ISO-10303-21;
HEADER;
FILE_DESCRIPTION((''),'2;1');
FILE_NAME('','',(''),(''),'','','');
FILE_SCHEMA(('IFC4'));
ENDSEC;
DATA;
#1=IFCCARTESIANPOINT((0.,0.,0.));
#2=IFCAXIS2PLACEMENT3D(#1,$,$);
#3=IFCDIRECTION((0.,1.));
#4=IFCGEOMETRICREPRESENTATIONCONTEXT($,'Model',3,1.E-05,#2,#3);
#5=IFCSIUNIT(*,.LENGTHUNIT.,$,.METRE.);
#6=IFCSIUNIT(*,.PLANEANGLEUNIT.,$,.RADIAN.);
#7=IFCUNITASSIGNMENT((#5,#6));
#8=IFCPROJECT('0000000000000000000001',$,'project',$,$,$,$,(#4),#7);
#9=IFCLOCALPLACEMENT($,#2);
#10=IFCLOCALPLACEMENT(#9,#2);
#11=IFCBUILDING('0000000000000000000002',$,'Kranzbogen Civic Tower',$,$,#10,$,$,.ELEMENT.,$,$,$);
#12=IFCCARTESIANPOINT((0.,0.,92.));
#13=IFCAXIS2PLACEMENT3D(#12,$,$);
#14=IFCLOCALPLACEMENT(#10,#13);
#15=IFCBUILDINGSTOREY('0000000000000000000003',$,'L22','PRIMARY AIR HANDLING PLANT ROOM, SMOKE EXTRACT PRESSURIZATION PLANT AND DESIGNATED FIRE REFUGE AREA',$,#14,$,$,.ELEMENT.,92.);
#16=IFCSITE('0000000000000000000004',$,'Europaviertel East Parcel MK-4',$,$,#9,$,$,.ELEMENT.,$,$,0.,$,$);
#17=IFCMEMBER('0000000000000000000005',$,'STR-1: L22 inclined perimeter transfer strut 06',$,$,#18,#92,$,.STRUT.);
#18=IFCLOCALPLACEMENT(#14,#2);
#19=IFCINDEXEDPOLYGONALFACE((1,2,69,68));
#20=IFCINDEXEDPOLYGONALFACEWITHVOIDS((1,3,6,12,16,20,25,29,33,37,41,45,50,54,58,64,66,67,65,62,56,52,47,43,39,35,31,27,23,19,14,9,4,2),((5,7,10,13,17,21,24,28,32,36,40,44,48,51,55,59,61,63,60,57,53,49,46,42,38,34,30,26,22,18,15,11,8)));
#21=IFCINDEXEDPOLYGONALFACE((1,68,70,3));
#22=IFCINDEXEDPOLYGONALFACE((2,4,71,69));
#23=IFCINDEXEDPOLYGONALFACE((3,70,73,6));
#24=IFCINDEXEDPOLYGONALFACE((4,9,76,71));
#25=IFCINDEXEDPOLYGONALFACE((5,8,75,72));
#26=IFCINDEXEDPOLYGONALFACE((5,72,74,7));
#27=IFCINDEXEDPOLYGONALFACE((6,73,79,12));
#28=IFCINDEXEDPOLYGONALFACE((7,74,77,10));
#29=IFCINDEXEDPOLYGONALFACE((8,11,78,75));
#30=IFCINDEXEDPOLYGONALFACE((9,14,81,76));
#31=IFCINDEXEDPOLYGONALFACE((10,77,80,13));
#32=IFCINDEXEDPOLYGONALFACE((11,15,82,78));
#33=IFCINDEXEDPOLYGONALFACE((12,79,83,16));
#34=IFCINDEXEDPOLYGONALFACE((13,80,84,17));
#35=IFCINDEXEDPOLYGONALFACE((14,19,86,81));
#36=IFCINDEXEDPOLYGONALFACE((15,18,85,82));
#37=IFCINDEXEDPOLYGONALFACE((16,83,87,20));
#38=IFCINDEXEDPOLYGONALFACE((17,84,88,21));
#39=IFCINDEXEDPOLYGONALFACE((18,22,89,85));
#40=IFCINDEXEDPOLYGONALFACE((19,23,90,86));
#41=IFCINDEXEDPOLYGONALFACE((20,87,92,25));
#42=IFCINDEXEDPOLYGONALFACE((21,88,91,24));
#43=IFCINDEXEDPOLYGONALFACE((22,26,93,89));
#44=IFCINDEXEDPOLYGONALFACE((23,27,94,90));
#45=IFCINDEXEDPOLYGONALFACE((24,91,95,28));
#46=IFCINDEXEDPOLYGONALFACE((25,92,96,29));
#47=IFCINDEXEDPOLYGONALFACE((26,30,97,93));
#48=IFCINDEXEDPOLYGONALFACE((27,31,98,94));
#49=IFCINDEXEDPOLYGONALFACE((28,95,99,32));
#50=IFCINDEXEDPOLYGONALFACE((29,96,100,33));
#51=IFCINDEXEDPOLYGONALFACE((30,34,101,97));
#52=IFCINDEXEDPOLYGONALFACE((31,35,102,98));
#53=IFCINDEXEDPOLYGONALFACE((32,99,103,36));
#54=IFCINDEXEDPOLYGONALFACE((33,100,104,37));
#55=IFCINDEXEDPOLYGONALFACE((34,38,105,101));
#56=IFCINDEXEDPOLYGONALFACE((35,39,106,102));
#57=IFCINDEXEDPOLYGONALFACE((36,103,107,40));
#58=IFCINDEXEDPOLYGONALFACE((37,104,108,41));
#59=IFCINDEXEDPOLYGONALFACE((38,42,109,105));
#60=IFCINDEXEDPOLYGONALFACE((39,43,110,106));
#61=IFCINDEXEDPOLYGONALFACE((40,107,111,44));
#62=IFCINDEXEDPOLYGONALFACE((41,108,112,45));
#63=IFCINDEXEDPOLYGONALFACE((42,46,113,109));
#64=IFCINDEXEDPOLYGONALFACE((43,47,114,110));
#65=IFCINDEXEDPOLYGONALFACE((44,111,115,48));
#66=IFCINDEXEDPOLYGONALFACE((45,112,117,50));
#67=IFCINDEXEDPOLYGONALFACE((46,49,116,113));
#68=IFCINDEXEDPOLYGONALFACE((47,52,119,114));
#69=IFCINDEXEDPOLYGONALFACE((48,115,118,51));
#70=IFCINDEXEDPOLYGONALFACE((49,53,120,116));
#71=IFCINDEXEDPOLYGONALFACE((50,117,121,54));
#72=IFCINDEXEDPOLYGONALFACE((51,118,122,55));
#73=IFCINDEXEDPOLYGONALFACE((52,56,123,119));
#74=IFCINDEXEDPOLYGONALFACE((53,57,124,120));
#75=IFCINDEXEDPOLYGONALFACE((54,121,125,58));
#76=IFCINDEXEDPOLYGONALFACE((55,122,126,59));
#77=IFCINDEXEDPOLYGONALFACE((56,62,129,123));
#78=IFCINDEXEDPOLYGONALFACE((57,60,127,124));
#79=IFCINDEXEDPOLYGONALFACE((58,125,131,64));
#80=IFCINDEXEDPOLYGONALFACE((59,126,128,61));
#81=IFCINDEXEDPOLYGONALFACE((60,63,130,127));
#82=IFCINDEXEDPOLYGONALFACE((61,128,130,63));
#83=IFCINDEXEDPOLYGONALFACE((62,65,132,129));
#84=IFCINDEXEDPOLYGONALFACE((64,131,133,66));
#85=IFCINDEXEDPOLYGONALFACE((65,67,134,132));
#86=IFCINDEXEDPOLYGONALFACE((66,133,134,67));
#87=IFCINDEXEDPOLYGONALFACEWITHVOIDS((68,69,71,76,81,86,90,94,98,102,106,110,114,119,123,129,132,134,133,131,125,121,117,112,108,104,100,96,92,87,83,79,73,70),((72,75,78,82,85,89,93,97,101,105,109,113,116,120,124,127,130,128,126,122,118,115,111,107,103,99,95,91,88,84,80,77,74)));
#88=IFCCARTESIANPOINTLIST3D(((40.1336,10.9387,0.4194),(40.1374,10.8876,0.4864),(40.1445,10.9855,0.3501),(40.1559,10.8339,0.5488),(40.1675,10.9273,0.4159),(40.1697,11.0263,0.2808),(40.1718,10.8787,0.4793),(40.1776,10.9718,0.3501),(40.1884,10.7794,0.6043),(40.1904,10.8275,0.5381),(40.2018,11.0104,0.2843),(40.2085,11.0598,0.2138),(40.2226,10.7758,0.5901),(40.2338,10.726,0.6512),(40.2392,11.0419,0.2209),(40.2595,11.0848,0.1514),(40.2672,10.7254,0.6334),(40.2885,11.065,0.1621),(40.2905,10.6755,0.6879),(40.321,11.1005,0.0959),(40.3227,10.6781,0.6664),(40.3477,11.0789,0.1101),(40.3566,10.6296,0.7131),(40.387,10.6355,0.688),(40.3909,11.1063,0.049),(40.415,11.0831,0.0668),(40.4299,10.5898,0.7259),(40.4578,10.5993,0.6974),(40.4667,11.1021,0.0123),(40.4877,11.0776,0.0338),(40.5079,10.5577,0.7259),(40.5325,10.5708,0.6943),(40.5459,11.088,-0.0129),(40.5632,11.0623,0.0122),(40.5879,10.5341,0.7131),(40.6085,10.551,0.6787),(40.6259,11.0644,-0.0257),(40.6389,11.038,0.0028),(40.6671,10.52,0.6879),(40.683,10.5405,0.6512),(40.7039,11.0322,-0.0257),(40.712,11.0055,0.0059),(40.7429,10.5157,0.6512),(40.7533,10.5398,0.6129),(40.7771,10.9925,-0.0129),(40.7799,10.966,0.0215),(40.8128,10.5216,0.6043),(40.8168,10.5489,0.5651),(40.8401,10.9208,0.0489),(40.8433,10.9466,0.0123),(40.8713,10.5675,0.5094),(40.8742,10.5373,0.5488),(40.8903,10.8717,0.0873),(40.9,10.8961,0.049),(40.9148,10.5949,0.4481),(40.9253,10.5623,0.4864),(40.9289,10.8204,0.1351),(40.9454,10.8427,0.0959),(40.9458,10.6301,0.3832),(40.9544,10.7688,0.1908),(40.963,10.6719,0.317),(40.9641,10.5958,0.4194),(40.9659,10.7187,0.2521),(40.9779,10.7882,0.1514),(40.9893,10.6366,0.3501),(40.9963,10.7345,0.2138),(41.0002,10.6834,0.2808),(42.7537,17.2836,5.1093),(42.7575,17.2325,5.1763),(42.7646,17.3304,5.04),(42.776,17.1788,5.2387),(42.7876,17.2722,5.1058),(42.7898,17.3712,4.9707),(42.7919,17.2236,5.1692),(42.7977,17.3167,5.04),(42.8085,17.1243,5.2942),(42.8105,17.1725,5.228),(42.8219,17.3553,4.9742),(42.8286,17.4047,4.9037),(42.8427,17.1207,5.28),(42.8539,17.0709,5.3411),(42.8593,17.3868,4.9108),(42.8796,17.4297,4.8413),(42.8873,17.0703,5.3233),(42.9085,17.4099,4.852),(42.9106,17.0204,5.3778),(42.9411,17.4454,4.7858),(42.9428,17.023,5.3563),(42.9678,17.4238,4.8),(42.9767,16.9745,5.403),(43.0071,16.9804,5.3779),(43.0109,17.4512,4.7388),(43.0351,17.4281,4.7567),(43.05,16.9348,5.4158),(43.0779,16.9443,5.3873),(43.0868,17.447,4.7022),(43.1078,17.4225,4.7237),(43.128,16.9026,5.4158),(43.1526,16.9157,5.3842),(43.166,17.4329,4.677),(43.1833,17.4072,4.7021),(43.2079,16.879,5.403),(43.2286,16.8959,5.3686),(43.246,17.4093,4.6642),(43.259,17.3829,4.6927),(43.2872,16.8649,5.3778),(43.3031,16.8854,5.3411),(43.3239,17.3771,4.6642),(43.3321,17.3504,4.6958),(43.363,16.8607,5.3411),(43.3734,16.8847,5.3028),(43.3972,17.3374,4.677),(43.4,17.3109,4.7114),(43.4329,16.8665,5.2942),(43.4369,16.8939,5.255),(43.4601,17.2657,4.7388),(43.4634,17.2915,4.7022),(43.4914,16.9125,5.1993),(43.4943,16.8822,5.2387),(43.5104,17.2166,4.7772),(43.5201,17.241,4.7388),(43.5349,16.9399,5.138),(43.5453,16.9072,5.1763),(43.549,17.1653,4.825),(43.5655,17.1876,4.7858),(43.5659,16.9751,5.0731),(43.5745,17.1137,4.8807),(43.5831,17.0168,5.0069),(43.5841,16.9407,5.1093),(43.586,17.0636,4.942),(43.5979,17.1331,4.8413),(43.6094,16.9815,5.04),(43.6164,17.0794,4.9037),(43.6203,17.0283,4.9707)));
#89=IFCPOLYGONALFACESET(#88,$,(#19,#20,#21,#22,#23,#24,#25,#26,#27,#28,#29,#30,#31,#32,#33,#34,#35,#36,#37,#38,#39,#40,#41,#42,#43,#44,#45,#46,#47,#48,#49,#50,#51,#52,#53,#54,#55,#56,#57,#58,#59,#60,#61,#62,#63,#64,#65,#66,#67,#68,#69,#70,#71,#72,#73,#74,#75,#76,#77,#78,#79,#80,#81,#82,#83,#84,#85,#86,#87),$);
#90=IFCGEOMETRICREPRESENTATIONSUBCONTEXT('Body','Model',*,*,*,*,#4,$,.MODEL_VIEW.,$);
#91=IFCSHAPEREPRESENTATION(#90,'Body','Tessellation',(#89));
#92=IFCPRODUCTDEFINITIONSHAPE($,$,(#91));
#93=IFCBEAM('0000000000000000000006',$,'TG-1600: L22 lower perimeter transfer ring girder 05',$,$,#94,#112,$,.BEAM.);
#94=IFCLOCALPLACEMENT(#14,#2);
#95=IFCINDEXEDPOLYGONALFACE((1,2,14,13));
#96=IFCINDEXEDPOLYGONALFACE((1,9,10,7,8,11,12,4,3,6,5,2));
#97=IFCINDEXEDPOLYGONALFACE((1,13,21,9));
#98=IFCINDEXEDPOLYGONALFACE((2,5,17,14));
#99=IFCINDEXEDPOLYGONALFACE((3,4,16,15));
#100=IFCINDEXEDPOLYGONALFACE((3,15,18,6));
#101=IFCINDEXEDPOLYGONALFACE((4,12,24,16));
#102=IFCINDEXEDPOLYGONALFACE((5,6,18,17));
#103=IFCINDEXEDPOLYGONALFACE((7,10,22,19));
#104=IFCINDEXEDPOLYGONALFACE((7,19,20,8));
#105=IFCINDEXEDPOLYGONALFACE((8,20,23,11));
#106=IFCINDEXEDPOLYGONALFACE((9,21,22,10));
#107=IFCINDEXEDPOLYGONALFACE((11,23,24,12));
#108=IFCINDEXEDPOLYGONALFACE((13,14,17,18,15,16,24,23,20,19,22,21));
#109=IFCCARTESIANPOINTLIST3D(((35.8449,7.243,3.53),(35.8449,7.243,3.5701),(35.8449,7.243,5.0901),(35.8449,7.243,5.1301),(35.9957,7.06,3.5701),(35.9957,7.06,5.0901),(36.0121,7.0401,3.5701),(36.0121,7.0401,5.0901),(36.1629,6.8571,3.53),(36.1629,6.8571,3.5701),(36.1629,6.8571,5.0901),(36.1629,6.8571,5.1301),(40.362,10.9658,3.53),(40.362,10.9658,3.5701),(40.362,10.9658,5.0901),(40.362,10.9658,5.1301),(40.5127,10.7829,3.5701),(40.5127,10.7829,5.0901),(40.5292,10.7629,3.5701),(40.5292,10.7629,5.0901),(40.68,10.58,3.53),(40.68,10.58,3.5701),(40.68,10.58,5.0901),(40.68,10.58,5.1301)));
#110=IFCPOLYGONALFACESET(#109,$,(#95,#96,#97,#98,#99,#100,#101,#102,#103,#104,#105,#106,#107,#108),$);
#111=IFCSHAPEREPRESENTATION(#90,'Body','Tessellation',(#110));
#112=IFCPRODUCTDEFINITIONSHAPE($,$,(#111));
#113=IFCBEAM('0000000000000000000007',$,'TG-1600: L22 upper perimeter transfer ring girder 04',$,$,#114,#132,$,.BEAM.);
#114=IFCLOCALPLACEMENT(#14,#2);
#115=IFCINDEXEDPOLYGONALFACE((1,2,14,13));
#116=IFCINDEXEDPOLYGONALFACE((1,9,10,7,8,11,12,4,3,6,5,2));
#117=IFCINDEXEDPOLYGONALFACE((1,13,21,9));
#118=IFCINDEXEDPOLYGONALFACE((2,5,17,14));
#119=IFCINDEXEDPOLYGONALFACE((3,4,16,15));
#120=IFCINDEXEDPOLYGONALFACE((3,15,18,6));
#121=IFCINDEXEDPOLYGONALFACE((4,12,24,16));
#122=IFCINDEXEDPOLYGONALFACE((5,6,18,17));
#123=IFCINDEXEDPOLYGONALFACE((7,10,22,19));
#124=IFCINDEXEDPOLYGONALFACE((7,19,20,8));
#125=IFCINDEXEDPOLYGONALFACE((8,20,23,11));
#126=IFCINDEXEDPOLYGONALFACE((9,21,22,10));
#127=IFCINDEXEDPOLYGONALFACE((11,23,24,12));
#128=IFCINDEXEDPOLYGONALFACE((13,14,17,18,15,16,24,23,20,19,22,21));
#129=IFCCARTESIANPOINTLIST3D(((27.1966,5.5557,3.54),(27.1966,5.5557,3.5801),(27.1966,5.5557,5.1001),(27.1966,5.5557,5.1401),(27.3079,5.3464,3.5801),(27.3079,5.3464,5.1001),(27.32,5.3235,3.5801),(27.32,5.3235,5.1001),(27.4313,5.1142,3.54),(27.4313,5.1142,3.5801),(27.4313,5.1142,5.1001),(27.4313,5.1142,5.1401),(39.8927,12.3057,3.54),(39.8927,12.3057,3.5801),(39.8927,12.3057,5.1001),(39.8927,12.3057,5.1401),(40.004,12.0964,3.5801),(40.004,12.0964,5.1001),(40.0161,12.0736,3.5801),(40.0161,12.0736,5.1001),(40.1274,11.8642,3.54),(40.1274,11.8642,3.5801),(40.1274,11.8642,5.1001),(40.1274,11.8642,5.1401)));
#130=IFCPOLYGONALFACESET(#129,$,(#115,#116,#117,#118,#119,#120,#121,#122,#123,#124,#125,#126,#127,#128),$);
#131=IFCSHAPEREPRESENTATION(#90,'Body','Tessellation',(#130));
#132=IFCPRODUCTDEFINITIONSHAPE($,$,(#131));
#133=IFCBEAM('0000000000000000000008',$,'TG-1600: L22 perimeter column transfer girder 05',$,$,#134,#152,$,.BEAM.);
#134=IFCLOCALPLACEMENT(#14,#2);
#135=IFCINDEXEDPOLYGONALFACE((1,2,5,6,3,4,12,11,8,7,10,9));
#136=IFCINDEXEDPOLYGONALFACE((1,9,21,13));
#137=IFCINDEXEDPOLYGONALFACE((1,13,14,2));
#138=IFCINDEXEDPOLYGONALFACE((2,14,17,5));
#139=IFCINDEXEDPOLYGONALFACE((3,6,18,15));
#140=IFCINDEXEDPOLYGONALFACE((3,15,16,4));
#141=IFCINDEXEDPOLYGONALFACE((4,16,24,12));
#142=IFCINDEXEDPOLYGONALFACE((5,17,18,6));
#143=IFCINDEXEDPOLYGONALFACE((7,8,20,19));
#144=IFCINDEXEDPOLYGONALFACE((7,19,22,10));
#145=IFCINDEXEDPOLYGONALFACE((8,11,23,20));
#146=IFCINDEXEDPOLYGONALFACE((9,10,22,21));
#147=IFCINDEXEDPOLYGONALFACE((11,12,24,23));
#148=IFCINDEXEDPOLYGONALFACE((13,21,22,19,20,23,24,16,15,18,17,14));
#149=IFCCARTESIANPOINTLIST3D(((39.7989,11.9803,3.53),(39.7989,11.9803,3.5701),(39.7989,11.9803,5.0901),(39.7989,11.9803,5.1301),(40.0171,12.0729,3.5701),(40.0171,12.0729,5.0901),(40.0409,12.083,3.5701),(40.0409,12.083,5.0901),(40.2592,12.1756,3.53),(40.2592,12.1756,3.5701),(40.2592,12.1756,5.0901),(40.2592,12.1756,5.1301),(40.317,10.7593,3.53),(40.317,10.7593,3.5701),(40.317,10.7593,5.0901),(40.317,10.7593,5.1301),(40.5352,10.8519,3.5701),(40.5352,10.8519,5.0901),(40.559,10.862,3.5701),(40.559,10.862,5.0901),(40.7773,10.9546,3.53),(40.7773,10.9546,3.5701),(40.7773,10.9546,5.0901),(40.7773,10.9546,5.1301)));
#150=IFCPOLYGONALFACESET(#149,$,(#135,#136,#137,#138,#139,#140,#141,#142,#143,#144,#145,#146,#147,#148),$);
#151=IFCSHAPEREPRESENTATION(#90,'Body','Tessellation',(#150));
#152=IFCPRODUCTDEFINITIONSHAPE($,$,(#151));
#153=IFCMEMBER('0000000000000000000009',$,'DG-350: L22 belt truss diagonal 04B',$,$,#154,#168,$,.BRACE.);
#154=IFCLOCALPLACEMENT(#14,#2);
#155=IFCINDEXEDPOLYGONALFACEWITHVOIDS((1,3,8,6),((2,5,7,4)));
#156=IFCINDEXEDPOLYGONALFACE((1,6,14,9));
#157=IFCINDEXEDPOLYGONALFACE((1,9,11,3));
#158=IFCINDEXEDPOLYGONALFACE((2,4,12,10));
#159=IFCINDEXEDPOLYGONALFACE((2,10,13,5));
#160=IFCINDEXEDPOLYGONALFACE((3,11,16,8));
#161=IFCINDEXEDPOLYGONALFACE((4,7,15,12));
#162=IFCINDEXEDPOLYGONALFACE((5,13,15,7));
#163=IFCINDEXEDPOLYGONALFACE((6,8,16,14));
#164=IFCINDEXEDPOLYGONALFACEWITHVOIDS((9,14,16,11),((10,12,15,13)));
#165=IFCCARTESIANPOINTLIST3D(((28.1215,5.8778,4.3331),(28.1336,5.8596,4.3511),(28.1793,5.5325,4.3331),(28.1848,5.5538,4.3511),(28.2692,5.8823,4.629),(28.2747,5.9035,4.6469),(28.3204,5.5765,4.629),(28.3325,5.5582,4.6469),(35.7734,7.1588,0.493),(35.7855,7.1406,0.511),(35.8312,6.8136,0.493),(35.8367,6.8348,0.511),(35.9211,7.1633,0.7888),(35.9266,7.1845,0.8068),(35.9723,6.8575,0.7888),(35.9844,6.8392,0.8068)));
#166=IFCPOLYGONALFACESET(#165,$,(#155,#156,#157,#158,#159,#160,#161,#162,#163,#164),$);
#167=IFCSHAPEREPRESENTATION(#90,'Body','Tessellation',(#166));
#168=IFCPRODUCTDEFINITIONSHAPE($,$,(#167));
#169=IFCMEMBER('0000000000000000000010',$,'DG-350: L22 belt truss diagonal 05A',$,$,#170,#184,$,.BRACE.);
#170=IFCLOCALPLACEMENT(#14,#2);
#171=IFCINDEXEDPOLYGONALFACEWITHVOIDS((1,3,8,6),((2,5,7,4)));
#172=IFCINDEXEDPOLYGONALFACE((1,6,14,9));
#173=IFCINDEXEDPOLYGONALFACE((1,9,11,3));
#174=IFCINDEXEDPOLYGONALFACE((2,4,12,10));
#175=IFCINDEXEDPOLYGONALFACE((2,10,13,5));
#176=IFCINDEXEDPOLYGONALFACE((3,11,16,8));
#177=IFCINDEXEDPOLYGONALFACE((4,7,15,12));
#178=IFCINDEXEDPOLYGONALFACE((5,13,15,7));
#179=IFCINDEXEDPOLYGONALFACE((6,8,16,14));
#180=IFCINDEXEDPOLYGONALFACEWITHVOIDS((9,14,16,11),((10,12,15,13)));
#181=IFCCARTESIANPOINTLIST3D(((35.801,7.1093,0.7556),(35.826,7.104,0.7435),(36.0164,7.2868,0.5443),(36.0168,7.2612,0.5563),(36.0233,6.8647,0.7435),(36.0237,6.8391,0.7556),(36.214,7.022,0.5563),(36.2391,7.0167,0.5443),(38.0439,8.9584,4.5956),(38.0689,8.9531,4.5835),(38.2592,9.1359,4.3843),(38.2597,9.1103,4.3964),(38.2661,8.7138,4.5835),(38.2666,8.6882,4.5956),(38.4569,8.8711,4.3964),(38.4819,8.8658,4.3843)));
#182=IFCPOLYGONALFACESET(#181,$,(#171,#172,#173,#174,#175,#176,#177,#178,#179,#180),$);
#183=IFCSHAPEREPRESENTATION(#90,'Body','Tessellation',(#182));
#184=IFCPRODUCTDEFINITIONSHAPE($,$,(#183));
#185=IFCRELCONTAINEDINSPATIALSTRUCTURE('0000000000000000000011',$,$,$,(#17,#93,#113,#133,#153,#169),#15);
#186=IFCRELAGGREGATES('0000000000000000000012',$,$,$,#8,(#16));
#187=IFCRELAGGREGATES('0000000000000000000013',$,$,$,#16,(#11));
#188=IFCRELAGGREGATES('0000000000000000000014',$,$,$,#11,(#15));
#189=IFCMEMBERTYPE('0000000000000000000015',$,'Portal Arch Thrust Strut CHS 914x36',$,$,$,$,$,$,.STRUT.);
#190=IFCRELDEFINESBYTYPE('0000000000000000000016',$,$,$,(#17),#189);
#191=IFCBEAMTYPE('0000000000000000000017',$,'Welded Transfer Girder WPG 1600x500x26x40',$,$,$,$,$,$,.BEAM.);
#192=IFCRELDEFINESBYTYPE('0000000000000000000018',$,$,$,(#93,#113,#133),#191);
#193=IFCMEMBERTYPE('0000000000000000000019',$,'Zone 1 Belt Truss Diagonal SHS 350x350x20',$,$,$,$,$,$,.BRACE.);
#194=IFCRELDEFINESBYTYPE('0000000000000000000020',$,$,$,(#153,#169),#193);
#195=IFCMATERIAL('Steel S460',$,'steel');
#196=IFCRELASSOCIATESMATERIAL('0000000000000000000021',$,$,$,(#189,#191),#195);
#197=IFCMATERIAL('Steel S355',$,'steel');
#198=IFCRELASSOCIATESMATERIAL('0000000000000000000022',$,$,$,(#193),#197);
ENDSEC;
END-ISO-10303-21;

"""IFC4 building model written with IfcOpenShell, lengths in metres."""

from ifc_helpers import new_model, si_unit, direction, frame, origin, origin_2d, place, context, subcontext, project, spatial, hollow_rectangle, hollow_circle, i_section, extrude, material, material_profile, profile_set, type_object, element, save


model = new_model("IFC4")

# Units and contexts
model_context = context("Model", 3, precision=1e-05, world=origin(), true_north=direction((0.0, 1.0)))
body_context = subcontext(model_context, "Body", "Model", "MODEL_VIEW")
ifc_project = project(units=[si_unit("LENGTHUNIT", "METRE"), si_unit("PLANEANGLEUNIT", "RADIAN")], contexts=[model_context])

# Site, building, storey
site_placement = place(None, origin())
site = spatial("IfcSite", under=ifc_project, at=site_placement, Name="Europaviertel East Parcel MK-4", CompositionType="ELEMENT", RefElevation=0.0)
building_placement = place(site_placement, origin())
building = spatial("IfcBuilding", under=site, at=building_placement, Name="Kranzbogen Civic Tower", CompositionType="ELEMENT")
storey_placement = place(building_placement, frame((0.0, 0.0, 92.0)))
storey = spatial("IfcBuildingStorey", under=building, at=storey_placement, Name="L22", Description="PRIMARY AIR HANDLING PLANT ROOM, SMOKE EXTRACT PRESSURIZATION PLANT AND DESIGNATED FIRE REFUGE AREA", CompositionType="ELEMENT", Elevation=92.0)

# Shared definitions
ifc_material_1 = material(Name="Steel S355", Category="steel")

# Member
ifc_material_2 = material(Name="Steel S460", Category="steel")
ifc_material_profile_1 = material_profile(ifc_material_2, hollow_circle(Radius=0.457, WallThickness=0.0359, at=origin_2d()), Name="CHS 914x36")
ifc_profile_set_1 = profile_set([ifc_material_profile_1], Name="Steel S460")
member_type_1 = type_object("IfcMemberType", Name="Portal Arch Thrust Strut CHS 914x36", PredefinedType="STRUT", material=ifc_profile_set_1)
member_1_placement = place(storey_placement, frame((40.5669, 10.811, 0.3501), z_axis=(0.315153, 0.763186, 0.564115), x_axis=(-0.924294, 0.381682, 0.0)))
element("IfcMember", 1, at=member_1_placement, inside=storey, type_object=member_type_1, Name="STR-1: L22 inclined perimeter transfer strut 06", PredefinedType="STRUT", context=body_context, shape_type="SweptSolid", body=[
    extrude(hollow_circle(Radius=0.457, WallThickness=0.0359, at=origin_2d()), origin(), (0.0, 0.0, 1.0), 8.3137),
])

# Beams
ifc_material_profile_2 = material_profile(ifc_material_2, i_section(OverallWidth=0.5, OverallDepth=1.6001, WebThickness=0.0259, FlangeThickness=0.04, at=origin_2d()), Name="WPG 1600x500x26x40")
ifc_profile_set_2 = profile_set([ifc_material_profile_2], Name="Steel S460")
beam_type = type_object("IfcBeamType", Name="Welded Transfer Girder WPG 1600x500x26x40", PredefinedType="BEAM", material=ifc_profile_set_2)
beam_1_placement = place(storey_placement, frame((36.0039, 7.05, 4.3301), z_axis=(0.771683, 0.636007, 0.0), x_axis=(-0.636007, 0.771683, 0.0)))
element("IfcBeam", 2, at=beam_1_placement, inside=storey, type_object=beam_type, Name="TG-1600: L22 lower perimeter transfer ring girder 05", PredefinedType="BEAM", context=body_context, shape_type="SweptSolid", body=[
    extrude(i_section(OverallWidth=0.5, OverallDepth=1.6001, WebThickness=0.0259, FlangeThickness=0.04, at=origin_2d()), origin(), (0.0, 0.0, 1.0), 5.8535),
])
beam_2_placement = place(storey_placement, frame((27.314, 5.335, 4.3401), z_axis=(0.882965, 0.469439, 0.0), x_axis=(-0.469439, 0.882965, 0.0)))
element("IfcBeam", 3, at=beam_2_placement, inside=storey, type_object=beam_type, Name="TG-1600: L22 upper perimeter transfer ring girder 04", PredefinedType="BEAM", context=body_context, shape_type="SweptSolid", body=[
    extrude(i_section(OverallWidth=0.5, OverallDepth=1.6001, WebThickness=0.0259, FlangeThickness=0.04, at=origin_2d()), origin(), (0.0, 0.0, 1.0), 14.3789),
])
beam_3_placement = place(storey_placement, frame((40.5471, 10.8569, 4.3301), z_axis=(-0.390607, 0.920558, 0.0), x_axis=(-0.920558, -0.390607, 0.0)))
element("IfcBeam", 4, at=beam_3_placement, inside=storey, type_object=beam_type, Name="TG-1600: L22 perimeter column transfer girder 05", PredefinedType="BEAM", context=body_context, shape_type="SweptSolid", body=[
    extrude(i_section(OverallWidth=0.5, OverallDepth=1.6001, WebThickness=0.0259, FlangeThickness=0.04, at=origin_2d()), origin(), (0.0, 0.0, 1.0), 1.3264),
])

# Members
ifc_material_profile_3 = material_profile(ifc_material_1, hollow_rectangle(XDim=0.3501, YDim=0.3501, WallThickness=0.02, at=origin_2d()), Name="SHS 350x350x20")
ifc_profile_set_3 = profile_set([ifc_material_profile_3], Name="Steel S355")
member_type_2 = type_object("IfcMemberType", Name="Zone 1 Belt Truss Diagonal SHS 350x350x20", PredefinedType="BRACE", material=ifc_profile_set_3)
member_2_placement = place(storey_placement, frame((35.8789, 6.999, 0.6499), z_axis=(-0.883925, -0.147979, 0.443598), x_axis=(0.165113, -0.986275, 0.0)))
element("IfcMember", 5, at=member_2_placement, inside=storey, type_object=member_type_2, Name="DG-350: L22 belt truss diagonal 04B", PredefinedType="BRACE", context=body_context, shape_type="SweptSolid", body=[
    extrude(hollow_rectangle(XDim=0.3501, YDim=0.3501, WallThickness=0.02, at=origin_2d()), origin(), (0.0, 0.0, 1.0), 8.6567),
])
member_3_placement = place(storey_placement, frame((36.02, 7.063, 0.6499), z_axis=(0.465699, 0.383934, 0.79732), x_axis=(-0.636119, 0.771591, 0.0)))
element("IfcMember", 6, at=member_3_placement, inside=storey, type_object=member_type_2, Name="DG-350: L22 belt truss diagonal 05A", PredefinedType="BRACE", context=body_context, shape_type="SweptSolid", body=[
    extrude(hollow_rectangle(XDim=0.3501, YDim=0.3501, WallThickness=0.02, at=origin_2d()), origin(), (0.0, 0.0, 1.0), 4.8162),
])

save(model, "model.ifc")
